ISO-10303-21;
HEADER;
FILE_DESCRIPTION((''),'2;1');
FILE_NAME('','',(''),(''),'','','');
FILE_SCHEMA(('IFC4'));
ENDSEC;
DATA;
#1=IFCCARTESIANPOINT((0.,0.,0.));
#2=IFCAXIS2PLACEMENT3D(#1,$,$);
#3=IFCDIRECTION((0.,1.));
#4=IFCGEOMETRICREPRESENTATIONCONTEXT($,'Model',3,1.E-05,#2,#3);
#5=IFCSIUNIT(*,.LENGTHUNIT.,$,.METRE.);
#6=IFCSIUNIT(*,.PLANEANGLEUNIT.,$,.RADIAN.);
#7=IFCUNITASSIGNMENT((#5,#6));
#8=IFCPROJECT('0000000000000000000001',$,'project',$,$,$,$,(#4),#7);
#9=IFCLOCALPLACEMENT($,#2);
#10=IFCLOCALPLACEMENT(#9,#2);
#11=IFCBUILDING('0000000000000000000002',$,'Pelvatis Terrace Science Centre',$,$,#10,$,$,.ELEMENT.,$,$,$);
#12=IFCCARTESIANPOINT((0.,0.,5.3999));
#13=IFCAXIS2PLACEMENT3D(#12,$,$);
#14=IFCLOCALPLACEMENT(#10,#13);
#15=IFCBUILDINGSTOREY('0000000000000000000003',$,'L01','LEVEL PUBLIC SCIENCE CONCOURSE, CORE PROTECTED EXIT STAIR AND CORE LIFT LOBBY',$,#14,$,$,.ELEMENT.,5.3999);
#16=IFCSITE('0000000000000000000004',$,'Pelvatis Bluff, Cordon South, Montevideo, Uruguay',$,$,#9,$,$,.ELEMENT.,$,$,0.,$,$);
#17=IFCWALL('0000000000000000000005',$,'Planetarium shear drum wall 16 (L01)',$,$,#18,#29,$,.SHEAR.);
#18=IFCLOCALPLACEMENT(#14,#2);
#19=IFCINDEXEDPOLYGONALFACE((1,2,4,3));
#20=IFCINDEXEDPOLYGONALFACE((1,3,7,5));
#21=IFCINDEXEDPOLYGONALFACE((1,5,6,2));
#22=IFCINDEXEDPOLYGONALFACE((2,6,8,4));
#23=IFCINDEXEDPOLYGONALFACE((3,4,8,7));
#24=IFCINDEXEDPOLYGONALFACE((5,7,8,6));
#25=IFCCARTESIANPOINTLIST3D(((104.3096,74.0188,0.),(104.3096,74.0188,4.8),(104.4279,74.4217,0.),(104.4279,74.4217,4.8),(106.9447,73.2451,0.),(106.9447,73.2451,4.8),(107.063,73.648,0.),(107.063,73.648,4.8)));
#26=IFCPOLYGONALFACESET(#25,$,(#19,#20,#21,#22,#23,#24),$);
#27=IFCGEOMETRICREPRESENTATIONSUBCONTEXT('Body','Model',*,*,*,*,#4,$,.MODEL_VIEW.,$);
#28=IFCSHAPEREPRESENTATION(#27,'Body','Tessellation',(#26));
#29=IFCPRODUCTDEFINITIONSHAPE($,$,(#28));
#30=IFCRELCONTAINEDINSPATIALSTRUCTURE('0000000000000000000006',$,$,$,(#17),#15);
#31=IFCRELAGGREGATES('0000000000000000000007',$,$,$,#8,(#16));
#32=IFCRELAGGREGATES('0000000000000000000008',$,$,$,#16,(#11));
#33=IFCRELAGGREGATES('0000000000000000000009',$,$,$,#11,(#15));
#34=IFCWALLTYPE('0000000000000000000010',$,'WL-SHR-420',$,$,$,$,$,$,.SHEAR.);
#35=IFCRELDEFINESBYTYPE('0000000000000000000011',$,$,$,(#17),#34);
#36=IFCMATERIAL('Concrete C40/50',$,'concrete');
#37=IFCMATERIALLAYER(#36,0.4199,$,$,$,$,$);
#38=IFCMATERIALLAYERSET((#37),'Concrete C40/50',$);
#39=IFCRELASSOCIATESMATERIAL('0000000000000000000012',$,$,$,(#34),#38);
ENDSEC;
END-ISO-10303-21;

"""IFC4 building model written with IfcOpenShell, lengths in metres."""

from ifc_helpers import new_model, si_unit, direction, frame, frame_2d, origin, place, context, subcontext, project, spatial, rectangle, extrude, material, layer, layer_set, type_object, element, save


model = new_model("IFC4")

# Units and contexts
model_context = context("Model", 3, precision=1e-05, world=origin(), true_north=direction((0.0, 1.0)))
body_context = subcontext(model_context, "Body", "Model", "MODEL_VIEW")
ifc_project = project(units=[si_unit("LENGTHUNIT", "METRE"), si_unit("PLANEANGLEUNIT", "RADIAN")], contexts=[model_context])

# Site, building, storey
site_placement = place(None, origin())
site = spatial("IfcSite", under=ifc_project, at=site_placement, Name="Pelvatis Bluff, Cordon South, Montevideo, Uruguay", CompositionType="ELEMENT", RefElevation=0.0)
building_placement = place(site_placement, origin())
building = spatial("IfcBuilding", under=site, at=building_placement, Name="Pelvatis Terrace Science Centre", CompositionType="ELEMENT")
storey_placement = place(building_placement, frame((0.0, 0.0, 5.3999)))
storey = spatial("IfcBuildingStorey", under=building, at=storey_placement, Name="L01", Description="LEVEL PUBLIC SCIENCE CONCOURSE, CORE PROTECTED EXIT STAIR AND CORE LIFT LOBBY", CompositionType="ELEMENT", Elevation=5.3999)

# Wall
ifc_material_1 = material(Name="Concrete C40/50", Category="concrete")
ifc_layer = layer(ifc_material_1, 0.4199)
ifc_layer_set = layer_set([ifc_layer], Name="Concrete C40/50")
wall_type = type_object("IfcWallType", Name="WL-SHR-420", PredefinedType="SHEAR", material=ifc_layer_set)
wall_1_placement = place(storey_placement, frame((104.3689, 74.2202, 0.0), z_axis=(0.0, 0.0, 1.0), x_axis=(0.959496, -0.281723, 0.0)))
element("IfcWall", 1, at=wall_1_placement, inside=storey, type_object=wall_type, Name="Planetarium shear drum wall 16 (L01)", PredefinedType="SHEAR", context=body_context, shape_type="SweptSolid", body=[
    extrude(rectangle(XDim=2.7463, YDim=0.4199, at=frame_2d((1.373, 0.0))), origin(), (0.0, 0.0, 1.0), 4.8),
])

save(model, "model.ifc")
